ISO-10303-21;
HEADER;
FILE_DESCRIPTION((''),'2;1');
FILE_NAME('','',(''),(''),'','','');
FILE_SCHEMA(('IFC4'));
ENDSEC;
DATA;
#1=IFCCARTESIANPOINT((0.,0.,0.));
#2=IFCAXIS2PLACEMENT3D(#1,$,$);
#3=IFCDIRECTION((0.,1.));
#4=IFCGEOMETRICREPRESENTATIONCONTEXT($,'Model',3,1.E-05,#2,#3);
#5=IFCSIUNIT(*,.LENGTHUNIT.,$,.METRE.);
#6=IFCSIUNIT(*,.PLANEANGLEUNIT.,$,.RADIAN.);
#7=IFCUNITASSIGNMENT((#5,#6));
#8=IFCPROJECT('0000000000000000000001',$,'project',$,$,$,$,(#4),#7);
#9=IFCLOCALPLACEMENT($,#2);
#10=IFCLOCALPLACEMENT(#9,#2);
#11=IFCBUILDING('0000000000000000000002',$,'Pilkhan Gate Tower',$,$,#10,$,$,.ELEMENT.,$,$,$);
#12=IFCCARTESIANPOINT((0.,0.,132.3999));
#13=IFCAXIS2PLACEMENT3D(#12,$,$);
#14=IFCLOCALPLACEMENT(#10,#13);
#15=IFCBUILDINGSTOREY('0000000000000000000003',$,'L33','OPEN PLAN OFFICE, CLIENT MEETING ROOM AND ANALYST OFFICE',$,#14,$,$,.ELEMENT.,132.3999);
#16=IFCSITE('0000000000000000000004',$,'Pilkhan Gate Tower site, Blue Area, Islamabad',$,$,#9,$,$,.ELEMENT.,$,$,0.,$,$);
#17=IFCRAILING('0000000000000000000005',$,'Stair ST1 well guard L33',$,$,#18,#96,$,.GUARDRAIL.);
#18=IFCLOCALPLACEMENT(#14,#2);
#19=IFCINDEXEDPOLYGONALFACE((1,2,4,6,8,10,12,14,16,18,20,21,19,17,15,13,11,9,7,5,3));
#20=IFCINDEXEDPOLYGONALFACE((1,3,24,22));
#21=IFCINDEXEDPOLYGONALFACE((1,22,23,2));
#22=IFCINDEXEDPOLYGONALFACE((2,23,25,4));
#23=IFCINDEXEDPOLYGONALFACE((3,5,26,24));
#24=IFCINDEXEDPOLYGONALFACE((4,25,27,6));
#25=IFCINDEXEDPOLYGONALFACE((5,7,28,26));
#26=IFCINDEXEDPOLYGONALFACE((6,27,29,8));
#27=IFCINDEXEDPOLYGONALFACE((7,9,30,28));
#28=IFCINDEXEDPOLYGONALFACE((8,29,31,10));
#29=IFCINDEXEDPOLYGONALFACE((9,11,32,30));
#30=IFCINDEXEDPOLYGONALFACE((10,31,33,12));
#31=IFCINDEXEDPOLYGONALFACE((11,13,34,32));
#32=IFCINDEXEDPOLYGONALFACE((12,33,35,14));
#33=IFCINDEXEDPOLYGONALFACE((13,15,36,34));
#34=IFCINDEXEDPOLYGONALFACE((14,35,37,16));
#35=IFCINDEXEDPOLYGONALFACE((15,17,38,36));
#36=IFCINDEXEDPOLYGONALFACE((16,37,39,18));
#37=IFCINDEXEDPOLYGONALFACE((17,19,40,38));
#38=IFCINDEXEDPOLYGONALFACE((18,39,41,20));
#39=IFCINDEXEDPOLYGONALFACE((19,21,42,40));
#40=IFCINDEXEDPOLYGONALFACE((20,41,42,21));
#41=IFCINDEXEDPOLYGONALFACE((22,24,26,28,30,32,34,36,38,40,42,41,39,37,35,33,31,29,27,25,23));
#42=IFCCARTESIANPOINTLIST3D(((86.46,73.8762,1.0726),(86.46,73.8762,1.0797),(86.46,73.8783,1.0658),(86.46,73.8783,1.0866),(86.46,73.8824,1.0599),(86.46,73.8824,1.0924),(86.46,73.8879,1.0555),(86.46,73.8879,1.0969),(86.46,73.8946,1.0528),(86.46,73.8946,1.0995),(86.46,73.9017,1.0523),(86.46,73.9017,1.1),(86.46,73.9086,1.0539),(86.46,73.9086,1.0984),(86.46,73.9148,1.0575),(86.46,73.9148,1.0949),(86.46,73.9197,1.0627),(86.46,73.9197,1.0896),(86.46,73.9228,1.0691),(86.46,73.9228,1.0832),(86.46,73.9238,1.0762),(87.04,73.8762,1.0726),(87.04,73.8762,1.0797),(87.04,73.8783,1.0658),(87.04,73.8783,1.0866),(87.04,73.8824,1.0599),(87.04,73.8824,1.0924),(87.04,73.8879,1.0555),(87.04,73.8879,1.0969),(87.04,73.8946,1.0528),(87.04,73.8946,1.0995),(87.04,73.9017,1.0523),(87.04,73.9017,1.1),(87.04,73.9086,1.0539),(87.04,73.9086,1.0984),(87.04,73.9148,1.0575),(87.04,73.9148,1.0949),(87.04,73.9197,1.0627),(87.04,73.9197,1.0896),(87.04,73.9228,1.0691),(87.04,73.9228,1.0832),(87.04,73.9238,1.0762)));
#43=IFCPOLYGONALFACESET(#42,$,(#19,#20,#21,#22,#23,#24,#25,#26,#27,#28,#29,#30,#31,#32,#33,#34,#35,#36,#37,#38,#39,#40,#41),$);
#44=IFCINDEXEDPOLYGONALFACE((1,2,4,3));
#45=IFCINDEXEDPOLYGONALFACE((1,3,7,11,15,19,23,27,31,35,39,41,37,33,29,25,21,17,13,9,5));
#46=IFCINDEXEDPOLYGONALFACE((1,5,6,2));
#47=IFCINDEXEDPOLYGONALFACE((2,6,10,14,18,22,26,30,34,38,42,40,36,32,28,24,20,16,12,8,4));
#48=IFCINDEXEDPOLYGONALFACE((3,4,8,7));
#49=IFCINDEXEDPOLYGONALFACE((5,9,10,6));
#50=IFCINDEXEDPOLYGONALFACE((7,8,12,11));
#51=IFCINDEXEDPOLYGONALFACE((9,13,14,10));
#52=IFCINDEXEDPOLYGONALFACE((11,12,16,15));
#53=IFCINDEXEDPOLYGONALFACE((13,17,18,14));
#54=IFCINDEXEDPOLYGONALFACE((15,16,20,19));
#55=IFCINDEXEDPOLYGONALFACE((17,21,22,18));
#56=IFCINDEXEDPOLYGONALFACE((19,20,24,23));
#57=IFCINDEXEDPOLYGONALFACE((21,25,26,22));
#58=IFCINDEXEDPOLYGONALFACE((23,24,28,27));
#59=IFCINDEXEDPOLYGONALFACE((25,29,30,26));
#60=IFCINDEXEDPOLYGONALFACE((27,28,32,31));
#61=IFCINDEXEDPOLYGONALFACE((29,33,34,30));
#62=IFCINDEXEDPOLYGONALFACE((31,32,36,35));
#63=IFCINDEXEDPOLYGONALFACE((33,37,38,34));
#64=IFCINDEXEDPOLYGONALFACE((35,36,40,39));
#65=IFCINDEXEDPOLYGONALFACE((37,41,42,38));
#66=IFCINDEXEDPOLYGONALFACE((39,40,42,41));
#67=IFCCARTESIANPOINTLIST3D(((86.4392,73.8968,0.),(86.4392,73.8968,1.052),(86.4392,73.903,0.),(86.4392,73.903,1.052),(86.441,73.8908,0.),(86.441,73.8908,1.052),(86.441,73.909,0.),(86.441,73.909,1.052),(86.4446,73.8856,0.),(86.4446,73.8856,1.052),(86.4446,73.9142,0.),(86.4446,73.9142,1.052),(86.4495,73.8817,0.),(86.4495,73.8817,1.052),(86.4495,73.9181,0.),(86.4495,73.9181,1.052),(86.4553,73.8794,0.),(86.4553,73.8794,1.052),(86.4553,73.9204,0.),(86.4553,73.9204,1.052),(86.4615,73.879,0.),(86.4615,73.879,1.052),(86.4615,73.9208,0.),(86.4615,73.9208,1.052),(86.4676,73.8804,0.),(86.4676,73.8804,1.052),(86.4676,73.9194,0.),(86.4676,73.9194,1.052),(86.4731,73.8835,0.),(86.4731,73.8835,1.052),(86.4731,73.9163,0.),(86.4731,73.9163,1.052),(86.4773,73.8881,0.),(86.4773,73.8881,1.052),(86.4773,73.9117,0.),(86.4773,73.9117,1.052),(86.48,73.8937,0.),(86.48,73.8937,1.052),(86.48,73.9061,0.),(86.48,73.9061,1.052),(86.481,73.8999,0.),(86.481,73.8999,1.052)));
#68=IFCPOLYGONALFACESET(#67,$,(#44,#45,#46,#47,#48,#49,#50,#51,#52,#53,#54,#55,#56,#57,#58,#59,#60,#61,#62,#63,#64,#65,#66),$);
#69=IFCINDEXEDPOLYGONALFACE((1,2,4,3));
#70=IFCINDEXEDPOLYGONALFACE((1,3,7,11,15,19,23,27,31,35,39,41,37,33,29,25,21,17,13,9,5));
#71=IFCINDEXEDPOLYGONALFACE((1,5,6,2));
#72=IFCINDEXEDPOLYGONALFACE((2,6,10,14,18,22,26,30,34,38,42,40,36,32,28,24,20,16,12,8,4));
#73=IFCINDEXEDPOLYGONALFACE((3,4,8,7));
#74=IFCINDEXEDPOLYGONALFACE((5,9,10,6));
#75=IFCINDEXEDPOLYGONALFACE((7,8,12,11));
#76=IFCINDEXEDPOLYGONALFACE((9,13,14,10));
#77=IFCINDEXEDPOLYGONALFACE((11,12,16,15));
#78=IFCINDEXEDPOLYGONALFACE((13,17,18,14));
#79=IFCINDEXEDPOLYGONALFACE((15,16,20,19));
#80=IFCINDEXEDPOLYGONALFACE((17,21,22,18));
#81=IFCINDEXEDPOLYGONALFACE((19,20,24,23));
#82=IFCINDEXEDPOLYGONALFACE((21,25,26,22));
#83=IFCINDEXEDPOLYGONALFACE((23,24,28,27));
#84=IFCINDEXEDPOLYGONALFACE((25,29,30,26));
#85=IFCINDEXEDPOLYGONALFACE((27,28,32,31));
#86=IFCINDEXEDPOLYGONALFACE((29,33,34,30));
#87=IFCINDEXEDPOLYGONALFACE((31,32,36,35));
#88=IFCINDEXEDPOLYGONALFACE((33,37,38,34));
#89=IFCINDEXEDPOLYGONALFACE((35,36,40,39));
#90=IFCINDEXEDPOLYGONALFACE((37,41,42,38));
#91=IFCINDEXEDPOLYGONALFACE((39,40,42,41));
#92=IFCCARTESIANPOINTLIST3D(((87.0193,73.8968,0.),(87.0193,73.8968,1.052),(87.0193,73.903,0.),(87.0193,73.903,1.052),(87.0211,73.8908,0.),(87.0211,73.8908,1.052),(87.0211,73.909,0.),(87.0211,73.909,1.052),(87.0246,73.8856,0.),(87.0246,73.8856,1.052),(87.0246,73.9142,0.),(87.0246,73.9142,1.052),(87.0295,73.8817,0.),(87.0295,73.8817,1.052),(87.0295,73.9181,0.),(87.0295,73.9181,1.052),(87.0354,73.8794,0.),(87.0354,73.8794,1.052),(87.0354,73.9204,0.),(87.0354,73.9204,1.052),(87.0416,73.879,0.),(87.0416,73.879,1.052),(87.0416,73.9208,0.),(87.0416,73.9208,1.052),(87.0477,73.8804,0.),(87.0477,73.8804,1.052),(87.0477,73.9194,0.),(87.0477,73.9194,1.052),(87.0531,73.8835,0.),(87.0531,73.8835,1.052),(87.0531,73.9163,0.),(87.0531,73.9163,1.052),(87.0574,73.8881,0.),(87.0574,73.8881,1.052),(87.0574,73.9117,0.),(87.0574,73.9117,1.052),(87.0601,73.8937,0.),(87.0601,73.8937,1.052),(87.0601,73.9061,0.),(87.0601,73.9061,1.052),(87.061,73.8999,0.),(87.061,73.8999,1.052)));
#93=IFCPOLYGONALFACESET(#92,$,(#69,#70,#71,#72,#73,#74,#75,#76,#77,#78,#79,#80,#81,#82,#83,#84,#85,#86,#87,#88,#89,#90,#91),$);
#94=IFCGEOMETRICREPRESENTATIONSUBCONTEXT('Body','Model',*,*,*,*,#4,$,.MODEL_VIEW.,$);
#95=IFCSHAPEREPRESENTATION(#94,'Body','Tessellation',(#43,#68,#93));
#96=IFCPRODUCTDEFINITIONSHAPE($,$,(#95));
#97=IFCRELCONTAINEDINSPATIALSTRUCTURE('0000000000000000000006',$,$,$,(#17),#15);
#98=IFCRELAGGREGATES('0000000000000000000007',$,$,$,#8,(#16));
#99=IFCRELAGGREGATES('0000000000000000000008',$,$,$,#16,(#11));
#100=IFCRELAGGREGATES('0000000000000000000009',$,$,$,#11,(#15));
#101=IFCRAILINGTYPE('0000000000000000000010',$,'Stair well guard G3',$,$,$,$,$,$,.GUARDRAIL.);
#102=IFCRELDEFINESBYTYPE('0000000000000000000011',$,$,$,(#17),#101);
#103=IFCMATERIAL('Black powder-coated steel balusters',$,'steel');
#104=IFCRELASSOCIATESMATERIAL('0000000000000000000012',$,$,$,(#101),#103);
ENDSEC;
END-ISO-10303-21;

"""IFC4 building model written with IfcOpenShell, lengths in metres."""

from ifc_helpers import new_model, si_unit, direction, frame, origin, origin_2d, place, context, subcontext, project, spatial, circle, extrude, material, type_object, element, save


model = new_model("IFC4")

# Units and contexts
model_context = context("Model", 3, precision=1e-05, world=origin(), true_north=direction((0.0, 1.0)))
body_context = subcontext(model_context, "Body", "Model", "MODEL_VIEW")
ifc_project = project(units=[si_unit("LENGTHUNIT", "METRE"), si_unit("PLANEANGLEUNIT", "RADIAN")], contexts=[model_context])

# Site, building, storey
site_placement = place(None, origin())
site = spatial("IfcSite", under=ifc_project, at=site_placement, Name="Pilkhan Gate Tower site, Blue Area, Islamabad", CompositionType="ELEMENT", RefElevation=0.0)
building_placement = place(site_placement, origin())
building = spatial("IfcBuilding", under=site, at=building_placement, Name="Pilkhan Gate Tower", CompositionType="ELEMENT")
storey_placement = place(building_placement, frame((0.0, 0.0, 132.3999)))
storey = spatial("IfcBuildingStorey", under=building, at=storey_placement, Name="L33", Description="OPEN PLAN OFFICE, CLIENT MEETING ROOM AND ANALYST OFFICE", CompositionType="ELEMENT", Elevation=132.3999)

# Railing
ifc_material_1 = material(Name="Black powder-coated steel balusters", Category="steel")
railing_type_1 = type_object("IfcRailingType", Name="Stair well guard G3", PredefinedType="GUARDRAIL", material=ifc_material_1)
railing_1_placement = place(storey_placement, frame((86.46, 73.8999, 0.0)))
element("IfcRailing", 1, at=railing_1_placement, inside=storey, type_object=railing_type_1, Name="Stair ST1 well guard L33", PredefinedType="GUARDRAIL", context=body_context, shape_type="SweptSolid", body=[
    extrude(circle(Radius=0.0239, at=origin_2d()), frame((0.0, 0.0, 1.0762), z_axis=(1.0, 0.0, 0.0), x_axis=(0.0, 1.0, 0.0)), (0.0, 0.0, 1.0), 0.5801),
    extrude(circle(Radius=0.021, at=origin_2d()), origin(), (0.0, 0.0, 1.0), 1.052),
    extrude(circle(Radius=0.021, at=origin_2d()), frame((0.5801, 0.0, 0.0)), (0.0, 0.0, 1.0), 1.052),
])

save(model, "model.ifc")
